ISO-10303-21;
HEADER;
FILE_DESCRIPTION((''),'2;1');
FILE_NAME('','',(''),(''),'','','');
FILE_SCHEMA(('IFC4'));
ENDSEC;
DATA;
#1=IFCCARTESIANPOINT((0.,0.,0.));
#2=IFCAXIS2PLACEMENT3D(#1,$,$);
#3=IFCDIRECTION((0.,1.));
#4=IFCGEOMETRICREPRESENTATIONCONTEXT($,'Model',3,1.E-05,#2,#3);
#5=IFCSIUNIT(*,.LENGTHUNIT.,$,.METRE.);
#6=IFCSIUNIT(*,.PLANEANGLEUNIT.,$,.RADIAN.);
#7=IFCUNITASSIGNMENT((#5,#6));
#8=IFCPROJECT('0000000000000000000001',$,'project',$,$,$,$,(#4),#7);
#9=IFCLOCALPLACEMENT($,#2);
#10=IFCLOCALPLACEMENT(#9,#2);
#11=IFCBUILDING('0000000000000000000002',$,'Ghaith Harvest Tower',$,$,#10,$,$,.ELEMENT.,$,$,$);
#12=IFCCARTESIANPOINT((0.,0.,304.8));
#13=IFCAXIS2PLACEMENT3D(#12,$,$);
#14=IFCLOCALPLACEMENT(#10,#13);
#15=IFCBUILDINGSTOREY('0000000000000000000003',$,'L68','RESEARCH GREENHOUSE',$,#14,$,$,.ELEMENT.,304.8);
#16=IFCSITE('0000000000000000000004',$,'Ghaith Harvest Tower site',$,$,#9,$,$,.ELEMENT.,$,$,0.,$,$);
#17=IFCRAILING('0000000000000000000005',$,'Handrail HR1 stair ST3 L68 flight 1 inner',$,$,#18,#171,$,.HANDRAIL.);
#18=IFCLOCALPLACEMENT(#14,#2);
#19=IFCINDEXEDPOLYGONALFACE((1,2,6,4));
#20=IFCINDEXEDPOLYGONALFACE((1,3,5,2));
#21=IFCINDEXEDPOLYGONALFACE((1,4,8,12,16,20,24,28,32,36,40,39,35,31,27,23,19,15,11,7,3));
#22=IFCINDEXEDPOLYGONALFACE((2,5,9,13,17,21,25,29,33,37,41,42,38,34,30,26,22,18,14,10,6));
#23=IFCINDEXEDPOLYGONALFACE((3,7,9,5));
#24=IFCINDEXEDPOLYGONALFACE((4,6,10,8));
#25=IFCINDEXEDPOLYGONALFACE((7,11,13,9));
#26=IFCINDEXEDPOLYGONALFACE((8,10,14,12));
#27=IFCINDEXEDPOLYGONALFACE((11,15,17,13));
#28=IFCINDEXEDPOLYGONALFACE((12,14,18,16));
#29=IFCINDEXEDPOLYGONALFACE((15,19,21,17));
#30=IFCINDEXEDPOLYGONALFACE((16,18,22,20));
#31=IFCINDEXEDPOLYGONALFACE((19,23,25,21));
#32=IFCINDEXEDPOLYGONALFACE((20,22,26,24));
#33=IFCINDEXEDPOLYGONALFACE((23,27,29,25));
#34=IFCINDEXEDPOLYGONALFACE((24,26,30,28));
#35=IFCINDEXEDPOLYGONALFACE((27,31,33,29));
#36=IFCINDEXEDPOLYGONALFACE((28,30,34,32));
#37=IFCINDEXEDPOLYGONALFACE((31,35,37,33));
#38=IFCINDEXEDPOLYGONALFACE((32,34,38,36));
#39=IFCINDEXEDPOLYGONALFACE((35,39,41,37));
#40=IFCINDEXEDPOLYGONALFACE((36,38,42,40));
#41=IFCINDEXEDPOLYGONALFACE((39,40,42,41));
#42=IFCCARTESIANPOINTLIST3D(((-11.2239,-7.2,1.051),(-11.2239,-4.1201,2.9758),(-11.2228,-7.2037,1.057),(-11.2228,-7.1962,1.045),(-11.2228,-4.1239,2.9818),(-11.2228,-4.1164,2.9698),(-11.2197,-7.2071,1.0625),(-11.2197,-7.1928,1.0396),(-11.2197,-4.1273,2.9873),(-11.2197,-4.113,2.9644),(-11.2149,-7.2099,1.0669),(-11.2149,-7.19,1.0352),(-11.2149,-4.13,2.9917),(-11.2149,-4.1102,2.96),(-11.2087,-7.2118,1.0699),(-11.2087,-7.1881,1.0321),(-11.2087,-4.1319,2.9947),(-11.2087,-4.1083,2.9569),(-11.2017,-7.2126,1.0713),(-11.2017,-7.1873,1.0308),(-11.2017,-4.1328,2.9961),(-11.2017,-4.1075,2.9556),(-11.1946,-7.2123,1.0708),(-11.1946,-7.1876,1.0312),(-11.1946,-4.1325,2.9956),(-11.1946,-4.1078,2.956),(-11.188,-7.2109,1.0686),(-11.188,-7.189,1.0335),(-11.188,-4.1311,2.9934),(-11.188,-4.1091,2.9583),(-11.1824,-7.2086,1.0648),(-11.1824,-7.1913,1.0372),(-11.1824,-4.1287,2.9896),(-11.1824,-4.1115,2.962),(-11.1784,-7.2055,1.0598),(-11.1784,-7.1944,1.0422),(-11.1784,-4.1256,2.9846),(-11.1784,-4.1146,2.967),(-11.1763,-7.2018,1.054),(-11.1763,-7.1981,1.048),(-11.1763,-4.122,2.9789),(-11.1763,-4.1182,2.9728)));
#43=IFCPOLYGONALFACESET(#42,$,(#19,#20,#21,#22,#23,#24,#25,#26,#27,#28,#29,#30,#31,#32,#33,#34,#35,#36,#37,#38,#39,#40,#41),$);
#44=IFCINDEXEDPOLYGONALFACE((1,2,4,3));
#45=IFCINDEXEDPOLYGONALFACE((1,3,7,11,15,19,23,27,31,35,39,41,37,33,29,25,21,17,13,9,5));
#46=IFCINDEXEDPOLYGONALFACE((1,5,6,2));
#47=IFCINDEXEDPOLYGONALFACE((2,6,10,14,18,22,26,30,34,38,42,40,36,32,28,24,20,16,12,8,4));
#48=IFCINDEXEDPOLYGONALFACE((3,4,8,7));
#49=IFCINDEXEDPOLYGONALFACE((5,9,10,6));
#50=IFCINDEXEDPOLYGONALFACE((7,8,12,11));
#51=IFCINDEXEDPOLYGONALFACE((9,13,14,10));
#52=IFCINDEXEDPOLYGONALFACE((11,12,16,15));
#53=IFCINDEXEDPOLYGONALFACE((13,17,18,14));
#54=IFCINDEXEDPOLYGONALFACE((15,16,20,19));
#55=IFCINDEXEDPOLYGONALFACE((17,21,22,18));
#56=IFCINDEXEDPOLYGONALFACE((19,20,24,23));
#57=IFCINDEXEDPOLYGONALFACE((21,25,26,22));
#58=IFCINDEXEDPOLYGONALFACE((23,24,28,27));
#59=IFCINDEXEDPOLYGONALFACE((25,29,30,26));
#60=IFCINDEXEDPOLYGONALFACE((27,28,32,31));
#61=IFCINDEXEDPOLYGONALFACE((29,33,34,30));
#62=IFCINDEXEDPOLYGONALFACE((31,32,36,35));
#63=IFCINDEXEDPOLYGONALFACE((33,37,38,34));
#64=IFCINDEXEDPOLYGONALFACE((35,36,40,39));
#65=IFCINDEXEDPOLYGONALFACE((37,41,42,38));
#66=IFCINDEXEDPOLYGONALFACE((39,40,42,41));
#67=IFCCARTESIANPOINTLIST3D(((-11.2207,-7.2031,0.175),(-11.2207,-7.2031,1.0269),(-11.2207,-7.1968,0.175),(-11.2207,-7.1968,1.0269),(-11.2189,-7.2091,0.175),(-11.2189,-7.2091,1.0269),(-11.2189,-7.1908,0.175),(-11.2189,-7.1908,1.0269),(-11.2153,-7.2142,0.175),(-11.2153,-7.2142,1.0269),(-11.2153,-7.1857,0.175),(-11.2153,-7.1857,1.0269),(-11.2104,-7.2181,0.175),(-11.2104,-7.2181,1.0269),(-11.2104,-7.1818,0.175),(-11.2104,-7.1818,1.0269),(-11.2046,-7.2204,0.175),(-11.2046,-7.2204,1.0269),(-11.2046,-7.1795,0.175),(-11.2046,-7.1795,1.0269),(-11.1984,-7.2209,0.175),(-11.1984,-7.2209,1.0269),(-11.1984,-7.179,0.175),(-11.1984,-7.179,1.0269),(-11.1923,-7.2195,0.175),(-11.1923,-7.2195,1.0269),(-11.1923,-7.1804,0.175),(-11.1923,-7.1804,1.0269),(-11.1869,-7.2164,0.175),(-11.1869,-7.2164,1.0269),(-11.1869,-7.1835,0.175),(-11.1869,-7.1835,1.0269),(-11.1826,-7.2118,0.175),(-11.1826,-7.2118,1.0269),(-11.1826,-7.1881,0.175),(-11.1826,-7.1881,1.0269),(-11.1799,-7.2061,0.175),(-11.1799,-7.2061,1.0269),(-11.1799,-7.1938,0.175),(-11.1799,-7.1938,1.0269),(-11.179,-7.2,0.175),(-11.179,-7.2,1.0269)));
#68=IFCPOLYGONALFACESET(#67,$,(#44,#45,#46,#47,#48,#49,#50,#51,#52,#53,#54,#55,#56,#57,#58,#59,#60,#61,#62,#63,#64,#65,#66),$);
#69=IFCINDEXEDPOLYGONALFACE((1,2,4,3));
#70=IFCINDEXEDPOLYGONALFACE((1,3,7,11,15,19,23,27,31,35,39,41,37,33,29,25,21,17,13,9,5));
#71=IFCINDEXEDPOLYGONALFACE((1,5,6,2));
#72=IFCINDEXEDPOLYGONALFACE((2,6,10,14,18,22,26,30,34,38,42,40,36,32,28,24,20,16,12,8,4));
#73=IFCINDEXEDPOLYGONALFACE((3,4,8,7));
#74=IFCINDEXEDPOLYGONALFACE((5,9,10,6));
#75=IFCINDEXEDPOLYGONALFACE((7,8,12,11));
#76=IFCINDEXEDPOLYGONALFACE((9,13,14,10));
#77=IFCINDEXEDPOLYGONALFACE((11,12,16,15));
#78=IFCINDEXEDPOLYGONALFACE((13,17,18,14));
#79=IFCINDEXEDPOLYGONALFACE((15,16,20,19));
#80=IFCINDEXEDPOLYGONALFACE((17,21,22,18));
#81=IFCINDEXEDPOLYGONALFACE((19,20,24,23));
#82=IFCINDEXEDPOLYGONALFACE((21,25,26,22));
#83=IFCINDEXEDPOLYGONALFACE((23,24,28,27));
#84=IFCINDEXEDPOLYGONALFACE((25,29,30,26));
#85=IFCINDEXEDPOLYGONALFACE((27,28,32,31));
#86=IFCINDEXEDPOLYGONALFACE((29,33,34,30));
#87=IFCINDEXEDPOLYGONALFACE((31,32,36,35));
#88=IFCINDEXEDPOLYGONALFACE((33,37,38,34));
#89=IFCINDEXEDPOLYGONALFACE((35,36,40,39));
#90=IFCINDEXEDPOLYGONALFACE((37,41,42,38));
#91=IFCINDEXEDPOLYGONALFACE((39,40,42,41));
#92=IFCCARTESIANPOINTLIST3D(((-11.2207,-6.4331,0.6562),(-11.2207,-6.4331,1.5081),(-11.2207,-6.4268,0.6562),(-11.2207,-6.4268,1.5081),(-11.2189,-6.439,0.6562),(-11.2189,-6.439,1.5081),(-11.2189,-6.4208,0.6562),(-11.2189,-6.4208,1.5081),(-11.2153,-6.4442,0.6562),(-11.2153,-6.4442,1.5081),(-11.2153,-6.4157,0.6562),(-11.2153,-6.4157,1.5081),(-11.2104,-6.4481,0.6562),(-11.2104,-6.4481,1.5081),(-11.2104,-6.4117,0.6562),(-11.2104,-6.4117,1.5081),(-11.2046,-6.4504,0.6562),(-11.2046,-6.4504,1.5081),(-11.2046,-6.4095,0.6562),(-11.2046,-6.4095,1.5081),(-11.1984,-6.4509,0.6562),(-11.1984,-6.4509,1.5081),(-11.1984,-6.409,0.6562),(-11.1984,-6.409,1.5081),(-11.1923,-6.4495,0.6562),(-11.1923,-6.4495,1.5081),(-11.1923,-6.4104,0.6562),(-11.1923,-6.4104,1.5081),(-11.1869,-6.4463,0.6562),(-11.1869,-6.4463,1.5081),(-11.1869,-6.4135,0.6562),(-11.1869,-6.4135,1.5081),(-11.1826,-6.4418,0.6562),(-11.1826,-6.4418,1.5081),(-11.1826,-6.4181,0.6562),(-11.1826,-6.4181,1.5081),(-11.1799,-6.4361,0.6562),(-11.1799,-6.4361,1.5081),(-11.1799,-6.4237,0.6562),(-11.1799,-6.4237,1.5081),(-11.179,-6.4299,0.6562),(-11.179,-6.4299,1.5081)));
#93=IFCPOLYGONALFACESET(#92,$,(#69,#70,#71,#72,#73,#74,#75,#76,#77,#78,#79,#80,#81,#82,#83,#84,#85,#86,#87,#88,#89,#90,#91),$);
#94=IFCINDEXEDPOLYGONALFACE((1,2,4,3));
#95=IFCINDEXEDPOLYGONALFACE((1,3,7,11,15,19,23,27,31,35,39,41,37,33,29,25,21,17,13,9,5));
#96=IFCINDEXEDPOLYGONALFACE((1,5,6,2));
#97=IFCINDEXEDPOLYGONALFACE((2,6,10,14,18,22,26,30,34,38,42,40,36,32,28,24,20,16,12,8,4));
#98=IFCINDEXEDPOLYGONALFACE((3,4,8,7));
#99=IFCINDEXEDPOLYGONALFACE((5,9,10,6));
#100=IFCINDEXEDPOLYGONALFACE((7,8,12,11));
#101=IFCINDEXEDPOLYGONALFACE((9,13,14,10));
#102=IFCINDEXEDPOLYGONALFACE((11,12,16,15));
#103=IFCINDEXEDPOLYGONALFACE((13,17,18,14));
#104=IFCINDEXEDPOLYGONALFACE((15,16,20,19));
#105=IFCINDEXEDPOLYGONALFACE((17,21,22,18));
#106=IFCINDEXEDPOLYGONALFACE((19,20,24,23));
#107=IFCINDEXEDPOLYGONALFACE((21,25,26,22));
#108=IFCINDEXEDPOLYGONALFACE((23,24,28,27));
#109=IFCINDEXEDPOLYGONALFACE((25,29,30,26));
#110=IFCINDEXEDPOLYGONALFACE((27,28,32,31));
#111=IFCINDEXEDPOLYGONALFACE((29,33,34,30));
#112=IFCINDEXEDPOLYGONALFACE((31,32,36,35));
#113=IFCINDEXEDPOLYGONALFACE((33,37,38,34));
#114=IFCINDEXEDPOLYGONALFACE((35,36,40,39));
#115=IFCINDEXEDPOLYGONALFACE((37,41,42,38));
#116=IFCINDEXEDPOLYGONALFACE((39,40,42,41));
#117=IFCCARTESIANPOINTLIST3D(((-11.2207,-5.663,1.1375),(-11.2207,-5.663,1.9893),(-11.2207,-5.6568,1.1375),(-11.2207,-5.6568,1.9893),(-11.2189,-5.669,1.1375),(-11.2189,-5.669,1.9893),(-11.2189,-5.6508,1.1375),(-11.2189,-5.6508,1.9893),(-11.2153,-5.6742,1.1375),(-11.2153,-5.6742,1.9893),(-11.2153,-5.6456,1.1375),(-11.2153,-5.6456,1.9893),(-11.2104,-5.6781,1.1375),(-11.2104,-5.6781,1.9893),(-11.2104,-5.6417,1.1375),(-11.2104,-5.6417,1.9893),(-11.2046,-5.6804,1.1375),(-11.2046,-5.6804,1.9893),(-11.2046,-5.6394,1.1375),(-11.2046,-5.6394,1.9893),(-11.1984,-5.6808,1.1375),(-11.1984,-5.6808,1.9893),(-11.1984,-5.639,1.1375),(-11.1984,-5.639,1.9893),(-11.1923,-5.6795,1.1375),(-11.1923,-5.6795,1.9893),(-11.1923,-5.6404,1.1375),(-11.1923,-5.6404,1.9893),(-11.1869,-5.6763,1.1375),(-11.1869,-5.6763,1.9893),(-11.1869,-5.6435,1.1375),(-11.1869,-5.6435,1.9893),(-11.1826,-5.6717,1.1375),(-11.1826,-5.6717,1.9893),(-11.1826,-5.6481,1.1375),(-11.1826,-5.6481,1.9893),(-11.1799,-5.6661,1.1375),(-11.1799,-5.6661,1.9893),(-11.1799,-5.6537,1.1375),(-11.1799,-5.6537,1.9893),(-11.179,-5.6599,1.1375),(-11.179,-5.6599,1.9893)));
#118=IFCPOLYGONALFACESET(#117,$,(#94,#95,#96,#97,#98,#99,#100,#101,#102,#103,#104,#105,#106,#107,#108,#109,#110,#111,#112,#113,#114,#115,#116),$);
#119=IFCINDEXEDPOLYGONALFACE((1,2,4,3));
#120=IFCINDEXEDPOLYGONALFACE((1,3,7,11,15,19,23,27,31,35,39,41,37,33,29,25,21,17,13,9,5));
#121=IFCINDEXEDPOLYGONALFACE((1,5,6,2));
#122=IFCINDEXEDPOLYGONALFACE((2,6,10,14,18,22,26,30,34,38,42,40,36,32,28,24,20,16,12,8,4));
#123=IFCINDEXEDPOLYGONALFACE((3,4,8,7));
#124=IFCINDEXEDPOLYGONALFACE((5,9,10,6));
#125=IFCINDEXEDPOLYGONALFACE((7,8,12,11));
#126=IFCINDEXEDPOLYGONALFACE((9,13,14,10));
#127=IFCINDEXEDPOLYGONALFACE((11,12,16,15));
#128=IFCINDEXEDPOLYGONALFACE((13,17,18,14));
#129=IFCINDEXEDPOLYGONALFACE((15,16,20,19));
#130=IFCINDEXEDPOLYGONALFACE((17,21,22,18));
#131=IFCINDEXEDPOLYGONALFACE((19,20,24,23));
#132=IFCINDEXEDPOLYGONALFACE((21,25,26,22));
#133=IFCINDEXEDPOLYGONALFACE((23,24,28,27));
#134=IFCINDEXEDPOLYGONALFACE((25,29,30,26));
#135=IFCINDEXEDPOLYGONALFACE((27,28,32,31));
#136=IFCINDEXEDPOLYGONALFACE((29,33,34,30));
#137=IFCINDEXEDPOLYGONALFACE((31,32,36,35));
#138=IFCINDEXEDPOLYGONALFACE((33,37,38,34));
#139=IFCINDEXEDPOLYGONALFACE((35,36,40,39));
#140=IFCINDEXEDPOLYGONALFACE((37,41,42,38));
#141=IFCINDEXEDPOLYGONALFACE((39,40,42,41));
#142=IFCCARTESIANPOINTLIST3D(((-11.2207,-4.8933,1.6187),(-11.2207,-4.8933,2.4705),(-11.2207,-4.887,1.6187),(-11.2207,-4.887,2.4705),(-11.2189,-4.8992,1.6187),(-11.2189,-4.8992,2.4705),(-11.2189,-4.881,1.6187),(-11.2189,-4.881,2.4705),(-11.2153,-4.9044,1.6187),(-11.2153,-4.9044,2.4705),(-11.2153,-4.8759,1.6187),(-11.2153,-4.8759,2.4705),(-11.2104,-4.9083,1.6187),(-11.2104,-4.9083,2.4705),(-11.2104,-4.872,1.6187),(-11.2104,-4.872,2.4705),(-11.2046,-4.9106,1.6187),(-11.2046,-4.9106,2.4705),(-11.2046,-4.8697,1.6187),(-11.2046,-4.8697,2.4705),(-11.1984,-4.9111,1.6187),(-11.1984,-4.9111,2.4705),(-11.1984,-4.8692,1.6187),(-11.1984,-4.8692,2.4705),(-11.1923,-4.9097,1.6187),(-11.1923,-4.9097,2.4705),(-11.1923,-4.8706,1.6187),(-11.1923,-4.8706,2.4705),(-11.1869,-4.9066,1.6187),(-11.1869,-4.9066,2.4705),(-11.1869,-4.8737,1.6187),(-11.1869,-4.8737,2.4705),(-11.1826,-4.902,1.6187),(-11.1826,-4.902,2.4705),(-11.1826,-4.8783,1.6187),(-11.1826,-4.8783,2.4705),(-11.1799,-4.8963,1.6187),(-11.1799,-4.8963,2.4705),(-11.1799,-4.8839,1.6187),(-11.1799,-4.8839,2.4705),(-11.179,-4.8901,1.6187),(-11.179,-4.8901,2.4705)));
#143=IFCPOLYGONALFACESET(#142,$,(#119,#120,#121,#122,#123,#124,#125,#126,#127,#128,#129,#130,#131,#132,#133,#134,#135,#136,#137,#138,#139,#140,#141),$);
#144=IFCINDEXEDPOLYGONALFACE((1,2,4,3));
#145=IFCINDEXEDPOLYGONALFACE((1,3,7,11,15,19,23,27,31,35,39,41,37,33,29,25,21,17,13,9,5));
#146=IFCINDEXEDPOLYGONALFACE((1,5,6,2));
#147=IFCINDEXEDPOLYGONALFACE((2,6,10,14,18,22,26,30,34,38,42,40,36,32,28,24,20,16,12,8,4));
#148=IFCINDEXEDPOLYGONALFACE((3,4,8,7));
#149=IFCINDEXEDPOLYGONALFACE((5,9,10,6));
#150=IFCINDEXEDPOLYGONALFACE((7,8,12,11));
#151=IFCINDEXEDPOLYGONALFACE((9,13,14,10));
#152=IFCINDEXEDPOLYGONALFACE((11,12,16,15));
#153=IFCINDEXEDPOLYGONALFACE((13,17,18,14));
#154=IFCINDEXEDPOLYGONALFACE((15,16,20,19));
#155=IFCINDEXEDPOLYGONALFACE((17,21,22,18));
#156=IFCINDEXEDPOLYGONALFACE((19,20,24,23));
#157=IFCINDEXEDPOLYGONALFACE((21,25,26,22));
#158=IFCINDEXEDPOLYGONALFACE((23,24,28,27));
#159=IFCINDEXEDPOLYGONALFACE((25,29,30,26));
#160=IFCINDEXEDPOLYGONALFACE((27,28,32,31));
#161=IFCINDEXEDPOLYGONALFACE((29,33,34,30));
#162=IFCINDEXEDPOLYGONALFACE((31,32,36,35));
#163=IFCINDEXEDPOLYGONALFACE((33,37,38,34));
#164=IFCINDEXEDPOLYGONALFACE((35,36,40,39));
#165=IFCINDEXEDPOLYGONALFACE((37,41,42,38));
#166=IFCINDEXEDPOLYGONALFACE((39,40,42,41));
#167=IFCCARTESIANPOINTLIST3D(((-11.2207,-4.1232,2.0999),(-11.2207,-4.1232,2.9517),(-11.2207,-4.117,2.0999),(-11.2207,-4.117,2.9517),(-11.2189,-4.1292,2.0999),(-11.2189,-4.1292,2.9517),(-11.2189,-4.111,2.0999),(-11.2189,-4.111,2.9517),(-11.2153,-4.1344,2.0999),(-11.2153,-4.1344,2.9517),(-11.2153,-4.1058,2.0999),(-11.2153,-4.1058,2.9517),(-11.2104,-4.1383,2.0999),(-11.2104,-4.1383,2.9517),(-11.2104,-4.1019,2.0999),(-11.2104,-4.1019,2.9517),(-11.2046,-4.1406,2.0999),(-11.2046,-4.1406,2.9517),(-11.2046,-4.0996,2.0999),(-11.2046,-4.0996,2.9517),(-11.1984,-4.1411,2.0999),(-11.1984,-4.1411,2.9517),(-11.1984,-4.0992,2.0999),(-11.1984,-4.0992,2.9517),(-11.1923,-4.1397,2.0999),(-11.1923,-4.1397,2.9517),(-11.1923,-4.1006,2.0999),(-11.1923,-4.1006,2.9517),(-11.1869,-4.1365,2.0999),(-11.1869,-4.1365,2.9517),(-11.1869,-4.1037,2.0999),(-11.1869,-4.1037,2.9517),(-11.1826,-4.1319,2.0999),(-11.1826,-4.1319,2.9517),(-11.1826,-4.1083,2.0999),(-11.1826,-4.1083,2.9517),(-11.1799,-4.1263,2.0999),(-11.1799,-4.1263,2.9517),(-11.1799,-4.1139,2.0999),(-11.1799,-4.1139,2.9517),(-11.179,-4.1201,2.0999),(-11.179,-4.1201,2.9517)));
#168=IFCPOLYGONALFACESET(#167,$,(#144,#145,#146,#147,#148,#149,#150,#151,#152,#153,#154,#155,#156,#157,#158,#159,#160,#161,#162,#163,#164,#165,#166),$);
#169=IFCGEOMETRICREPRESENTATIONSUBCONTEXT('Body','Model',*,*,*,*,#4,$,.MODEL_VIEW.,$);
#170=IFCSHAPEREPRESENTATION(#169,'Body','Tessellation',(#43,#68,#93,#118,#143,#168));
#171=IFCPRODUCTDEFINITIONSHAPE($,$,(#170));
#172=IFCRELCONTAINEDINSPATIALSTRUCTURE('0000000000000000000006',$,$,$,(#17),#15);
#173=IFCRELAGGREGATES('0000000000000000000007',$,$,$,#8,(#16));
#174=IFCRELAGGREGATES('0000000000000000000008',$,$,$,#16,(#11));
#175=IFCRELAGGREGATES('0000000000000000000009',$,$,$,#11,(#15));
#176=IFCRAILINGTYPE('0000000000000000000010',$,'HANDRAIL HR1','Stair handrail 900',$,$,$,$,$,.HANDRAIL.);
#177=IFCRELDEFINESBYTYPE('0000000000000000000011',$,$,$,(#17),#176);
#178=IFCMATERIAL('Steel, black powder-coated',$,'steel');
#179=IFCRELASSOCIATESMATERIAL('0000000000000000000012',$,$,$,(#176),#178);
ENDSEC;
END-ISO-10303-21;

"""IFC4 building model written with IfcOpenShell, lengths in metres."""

from ifc_helpers import new_model, si_unit, direction, frame, origin, origin_2d, place, context, subcontext, project, spatial, circle, extrude, material, type_object, element, save


model = new_model("IFC4")

# Units and contexts
model_context = context("Model", 3, precision=1e-05, world=origin(), true_north=direction((0.0, 1.0)))
body_context = subcontext(model_context, "Body", "Model", "MODEL_VIEW")
ifc_project = project(units=[si_unit("LENGTHUNIT", "METRE"), si_unit("PLANEANGLEUNIT", "RADIAN")], contexts=[model_context])

# Site, building, storey
site_placement = place(None, origin())
site = spatial("IfcSite", under=ifc_project, at=site_placement, Name="Ghaith Harvest Tower site", CompositionType="ELEMENT", RefElevation=0.0)
building_placement = place(site_placement, origin())
building = spatial("IfcBuilding", under=site, at=building_placement, Name="Ghaith Harvest Tower", CompositionType="ELEMENT")
storey_placement = place(building_placement, frame((0.0, 0.0, 304.8)))
storey = spatial("IfcBuildingStorey", under=building, at=storey_placement, Name="L68", Description="RESEARCH GREENHOUSE", CompositionType="ELEMENT", Elevation=304.8)

# Railing
ifc_material_1 = material(Name="Steel, black powder-coated", Category="steel")
railing_type = type_object("IfcRailingType", Name="HANDRAIL HR1", Description="Stair handrail 900", PredefinedType="HANDRAIL", material=ifc_material_1)
railing_1_placement = place(storey_placement, frame((-11.2, -7.2, 0.175)))
element("IfcRailing", 1, at=railing_1_placement, inside=storey, type_object=railing_type, Name="Handrail HR1 stair ST3 L68 flight 1 inner", PredefinedType="HANDRAIL", context=body_context, shape_type="SweptSolid", body=[
    extrude(circle(Radius=0.0239, at=origin_2d()), frame((0.0, 0.0, 0.876), z_axis=(0.0, 0.84801, 0.529981), x_axis=(-1.0, 0.0, 0.0)), (0.0, 0.0, 1.0), 3.6318),
    extrude(circle(Radius=0.021, at=origin_2d()), origin(), (0.0, 0.0, 1.0), 0.8518),
    extrude(circle(Radius=0.021, at=origin_2d()), frame((0.0, 0.77, 0.4812)), (0.0, 0.0, 1.0), 0.8518),
    extrude(circle(Radius=0.021, at=origin_2d()), frame((0.0, 1.54, 0.9624)), (0.0, 0.0, 1.0), 0.8518),
    extrude(circle(Radius=0.021, at=origin_2d()), frame((0.0, 2.3098, 1.4436)), (0.0, 0.0, 1.0), 0.8518),
    extrude(circle(Radius=0.021, at=origin_2d()), frame((0.0, 3.0798, 1.9248)), (0.0, 0.0, 1.0), 0.8518),
])

save(model, "model.ifc")
